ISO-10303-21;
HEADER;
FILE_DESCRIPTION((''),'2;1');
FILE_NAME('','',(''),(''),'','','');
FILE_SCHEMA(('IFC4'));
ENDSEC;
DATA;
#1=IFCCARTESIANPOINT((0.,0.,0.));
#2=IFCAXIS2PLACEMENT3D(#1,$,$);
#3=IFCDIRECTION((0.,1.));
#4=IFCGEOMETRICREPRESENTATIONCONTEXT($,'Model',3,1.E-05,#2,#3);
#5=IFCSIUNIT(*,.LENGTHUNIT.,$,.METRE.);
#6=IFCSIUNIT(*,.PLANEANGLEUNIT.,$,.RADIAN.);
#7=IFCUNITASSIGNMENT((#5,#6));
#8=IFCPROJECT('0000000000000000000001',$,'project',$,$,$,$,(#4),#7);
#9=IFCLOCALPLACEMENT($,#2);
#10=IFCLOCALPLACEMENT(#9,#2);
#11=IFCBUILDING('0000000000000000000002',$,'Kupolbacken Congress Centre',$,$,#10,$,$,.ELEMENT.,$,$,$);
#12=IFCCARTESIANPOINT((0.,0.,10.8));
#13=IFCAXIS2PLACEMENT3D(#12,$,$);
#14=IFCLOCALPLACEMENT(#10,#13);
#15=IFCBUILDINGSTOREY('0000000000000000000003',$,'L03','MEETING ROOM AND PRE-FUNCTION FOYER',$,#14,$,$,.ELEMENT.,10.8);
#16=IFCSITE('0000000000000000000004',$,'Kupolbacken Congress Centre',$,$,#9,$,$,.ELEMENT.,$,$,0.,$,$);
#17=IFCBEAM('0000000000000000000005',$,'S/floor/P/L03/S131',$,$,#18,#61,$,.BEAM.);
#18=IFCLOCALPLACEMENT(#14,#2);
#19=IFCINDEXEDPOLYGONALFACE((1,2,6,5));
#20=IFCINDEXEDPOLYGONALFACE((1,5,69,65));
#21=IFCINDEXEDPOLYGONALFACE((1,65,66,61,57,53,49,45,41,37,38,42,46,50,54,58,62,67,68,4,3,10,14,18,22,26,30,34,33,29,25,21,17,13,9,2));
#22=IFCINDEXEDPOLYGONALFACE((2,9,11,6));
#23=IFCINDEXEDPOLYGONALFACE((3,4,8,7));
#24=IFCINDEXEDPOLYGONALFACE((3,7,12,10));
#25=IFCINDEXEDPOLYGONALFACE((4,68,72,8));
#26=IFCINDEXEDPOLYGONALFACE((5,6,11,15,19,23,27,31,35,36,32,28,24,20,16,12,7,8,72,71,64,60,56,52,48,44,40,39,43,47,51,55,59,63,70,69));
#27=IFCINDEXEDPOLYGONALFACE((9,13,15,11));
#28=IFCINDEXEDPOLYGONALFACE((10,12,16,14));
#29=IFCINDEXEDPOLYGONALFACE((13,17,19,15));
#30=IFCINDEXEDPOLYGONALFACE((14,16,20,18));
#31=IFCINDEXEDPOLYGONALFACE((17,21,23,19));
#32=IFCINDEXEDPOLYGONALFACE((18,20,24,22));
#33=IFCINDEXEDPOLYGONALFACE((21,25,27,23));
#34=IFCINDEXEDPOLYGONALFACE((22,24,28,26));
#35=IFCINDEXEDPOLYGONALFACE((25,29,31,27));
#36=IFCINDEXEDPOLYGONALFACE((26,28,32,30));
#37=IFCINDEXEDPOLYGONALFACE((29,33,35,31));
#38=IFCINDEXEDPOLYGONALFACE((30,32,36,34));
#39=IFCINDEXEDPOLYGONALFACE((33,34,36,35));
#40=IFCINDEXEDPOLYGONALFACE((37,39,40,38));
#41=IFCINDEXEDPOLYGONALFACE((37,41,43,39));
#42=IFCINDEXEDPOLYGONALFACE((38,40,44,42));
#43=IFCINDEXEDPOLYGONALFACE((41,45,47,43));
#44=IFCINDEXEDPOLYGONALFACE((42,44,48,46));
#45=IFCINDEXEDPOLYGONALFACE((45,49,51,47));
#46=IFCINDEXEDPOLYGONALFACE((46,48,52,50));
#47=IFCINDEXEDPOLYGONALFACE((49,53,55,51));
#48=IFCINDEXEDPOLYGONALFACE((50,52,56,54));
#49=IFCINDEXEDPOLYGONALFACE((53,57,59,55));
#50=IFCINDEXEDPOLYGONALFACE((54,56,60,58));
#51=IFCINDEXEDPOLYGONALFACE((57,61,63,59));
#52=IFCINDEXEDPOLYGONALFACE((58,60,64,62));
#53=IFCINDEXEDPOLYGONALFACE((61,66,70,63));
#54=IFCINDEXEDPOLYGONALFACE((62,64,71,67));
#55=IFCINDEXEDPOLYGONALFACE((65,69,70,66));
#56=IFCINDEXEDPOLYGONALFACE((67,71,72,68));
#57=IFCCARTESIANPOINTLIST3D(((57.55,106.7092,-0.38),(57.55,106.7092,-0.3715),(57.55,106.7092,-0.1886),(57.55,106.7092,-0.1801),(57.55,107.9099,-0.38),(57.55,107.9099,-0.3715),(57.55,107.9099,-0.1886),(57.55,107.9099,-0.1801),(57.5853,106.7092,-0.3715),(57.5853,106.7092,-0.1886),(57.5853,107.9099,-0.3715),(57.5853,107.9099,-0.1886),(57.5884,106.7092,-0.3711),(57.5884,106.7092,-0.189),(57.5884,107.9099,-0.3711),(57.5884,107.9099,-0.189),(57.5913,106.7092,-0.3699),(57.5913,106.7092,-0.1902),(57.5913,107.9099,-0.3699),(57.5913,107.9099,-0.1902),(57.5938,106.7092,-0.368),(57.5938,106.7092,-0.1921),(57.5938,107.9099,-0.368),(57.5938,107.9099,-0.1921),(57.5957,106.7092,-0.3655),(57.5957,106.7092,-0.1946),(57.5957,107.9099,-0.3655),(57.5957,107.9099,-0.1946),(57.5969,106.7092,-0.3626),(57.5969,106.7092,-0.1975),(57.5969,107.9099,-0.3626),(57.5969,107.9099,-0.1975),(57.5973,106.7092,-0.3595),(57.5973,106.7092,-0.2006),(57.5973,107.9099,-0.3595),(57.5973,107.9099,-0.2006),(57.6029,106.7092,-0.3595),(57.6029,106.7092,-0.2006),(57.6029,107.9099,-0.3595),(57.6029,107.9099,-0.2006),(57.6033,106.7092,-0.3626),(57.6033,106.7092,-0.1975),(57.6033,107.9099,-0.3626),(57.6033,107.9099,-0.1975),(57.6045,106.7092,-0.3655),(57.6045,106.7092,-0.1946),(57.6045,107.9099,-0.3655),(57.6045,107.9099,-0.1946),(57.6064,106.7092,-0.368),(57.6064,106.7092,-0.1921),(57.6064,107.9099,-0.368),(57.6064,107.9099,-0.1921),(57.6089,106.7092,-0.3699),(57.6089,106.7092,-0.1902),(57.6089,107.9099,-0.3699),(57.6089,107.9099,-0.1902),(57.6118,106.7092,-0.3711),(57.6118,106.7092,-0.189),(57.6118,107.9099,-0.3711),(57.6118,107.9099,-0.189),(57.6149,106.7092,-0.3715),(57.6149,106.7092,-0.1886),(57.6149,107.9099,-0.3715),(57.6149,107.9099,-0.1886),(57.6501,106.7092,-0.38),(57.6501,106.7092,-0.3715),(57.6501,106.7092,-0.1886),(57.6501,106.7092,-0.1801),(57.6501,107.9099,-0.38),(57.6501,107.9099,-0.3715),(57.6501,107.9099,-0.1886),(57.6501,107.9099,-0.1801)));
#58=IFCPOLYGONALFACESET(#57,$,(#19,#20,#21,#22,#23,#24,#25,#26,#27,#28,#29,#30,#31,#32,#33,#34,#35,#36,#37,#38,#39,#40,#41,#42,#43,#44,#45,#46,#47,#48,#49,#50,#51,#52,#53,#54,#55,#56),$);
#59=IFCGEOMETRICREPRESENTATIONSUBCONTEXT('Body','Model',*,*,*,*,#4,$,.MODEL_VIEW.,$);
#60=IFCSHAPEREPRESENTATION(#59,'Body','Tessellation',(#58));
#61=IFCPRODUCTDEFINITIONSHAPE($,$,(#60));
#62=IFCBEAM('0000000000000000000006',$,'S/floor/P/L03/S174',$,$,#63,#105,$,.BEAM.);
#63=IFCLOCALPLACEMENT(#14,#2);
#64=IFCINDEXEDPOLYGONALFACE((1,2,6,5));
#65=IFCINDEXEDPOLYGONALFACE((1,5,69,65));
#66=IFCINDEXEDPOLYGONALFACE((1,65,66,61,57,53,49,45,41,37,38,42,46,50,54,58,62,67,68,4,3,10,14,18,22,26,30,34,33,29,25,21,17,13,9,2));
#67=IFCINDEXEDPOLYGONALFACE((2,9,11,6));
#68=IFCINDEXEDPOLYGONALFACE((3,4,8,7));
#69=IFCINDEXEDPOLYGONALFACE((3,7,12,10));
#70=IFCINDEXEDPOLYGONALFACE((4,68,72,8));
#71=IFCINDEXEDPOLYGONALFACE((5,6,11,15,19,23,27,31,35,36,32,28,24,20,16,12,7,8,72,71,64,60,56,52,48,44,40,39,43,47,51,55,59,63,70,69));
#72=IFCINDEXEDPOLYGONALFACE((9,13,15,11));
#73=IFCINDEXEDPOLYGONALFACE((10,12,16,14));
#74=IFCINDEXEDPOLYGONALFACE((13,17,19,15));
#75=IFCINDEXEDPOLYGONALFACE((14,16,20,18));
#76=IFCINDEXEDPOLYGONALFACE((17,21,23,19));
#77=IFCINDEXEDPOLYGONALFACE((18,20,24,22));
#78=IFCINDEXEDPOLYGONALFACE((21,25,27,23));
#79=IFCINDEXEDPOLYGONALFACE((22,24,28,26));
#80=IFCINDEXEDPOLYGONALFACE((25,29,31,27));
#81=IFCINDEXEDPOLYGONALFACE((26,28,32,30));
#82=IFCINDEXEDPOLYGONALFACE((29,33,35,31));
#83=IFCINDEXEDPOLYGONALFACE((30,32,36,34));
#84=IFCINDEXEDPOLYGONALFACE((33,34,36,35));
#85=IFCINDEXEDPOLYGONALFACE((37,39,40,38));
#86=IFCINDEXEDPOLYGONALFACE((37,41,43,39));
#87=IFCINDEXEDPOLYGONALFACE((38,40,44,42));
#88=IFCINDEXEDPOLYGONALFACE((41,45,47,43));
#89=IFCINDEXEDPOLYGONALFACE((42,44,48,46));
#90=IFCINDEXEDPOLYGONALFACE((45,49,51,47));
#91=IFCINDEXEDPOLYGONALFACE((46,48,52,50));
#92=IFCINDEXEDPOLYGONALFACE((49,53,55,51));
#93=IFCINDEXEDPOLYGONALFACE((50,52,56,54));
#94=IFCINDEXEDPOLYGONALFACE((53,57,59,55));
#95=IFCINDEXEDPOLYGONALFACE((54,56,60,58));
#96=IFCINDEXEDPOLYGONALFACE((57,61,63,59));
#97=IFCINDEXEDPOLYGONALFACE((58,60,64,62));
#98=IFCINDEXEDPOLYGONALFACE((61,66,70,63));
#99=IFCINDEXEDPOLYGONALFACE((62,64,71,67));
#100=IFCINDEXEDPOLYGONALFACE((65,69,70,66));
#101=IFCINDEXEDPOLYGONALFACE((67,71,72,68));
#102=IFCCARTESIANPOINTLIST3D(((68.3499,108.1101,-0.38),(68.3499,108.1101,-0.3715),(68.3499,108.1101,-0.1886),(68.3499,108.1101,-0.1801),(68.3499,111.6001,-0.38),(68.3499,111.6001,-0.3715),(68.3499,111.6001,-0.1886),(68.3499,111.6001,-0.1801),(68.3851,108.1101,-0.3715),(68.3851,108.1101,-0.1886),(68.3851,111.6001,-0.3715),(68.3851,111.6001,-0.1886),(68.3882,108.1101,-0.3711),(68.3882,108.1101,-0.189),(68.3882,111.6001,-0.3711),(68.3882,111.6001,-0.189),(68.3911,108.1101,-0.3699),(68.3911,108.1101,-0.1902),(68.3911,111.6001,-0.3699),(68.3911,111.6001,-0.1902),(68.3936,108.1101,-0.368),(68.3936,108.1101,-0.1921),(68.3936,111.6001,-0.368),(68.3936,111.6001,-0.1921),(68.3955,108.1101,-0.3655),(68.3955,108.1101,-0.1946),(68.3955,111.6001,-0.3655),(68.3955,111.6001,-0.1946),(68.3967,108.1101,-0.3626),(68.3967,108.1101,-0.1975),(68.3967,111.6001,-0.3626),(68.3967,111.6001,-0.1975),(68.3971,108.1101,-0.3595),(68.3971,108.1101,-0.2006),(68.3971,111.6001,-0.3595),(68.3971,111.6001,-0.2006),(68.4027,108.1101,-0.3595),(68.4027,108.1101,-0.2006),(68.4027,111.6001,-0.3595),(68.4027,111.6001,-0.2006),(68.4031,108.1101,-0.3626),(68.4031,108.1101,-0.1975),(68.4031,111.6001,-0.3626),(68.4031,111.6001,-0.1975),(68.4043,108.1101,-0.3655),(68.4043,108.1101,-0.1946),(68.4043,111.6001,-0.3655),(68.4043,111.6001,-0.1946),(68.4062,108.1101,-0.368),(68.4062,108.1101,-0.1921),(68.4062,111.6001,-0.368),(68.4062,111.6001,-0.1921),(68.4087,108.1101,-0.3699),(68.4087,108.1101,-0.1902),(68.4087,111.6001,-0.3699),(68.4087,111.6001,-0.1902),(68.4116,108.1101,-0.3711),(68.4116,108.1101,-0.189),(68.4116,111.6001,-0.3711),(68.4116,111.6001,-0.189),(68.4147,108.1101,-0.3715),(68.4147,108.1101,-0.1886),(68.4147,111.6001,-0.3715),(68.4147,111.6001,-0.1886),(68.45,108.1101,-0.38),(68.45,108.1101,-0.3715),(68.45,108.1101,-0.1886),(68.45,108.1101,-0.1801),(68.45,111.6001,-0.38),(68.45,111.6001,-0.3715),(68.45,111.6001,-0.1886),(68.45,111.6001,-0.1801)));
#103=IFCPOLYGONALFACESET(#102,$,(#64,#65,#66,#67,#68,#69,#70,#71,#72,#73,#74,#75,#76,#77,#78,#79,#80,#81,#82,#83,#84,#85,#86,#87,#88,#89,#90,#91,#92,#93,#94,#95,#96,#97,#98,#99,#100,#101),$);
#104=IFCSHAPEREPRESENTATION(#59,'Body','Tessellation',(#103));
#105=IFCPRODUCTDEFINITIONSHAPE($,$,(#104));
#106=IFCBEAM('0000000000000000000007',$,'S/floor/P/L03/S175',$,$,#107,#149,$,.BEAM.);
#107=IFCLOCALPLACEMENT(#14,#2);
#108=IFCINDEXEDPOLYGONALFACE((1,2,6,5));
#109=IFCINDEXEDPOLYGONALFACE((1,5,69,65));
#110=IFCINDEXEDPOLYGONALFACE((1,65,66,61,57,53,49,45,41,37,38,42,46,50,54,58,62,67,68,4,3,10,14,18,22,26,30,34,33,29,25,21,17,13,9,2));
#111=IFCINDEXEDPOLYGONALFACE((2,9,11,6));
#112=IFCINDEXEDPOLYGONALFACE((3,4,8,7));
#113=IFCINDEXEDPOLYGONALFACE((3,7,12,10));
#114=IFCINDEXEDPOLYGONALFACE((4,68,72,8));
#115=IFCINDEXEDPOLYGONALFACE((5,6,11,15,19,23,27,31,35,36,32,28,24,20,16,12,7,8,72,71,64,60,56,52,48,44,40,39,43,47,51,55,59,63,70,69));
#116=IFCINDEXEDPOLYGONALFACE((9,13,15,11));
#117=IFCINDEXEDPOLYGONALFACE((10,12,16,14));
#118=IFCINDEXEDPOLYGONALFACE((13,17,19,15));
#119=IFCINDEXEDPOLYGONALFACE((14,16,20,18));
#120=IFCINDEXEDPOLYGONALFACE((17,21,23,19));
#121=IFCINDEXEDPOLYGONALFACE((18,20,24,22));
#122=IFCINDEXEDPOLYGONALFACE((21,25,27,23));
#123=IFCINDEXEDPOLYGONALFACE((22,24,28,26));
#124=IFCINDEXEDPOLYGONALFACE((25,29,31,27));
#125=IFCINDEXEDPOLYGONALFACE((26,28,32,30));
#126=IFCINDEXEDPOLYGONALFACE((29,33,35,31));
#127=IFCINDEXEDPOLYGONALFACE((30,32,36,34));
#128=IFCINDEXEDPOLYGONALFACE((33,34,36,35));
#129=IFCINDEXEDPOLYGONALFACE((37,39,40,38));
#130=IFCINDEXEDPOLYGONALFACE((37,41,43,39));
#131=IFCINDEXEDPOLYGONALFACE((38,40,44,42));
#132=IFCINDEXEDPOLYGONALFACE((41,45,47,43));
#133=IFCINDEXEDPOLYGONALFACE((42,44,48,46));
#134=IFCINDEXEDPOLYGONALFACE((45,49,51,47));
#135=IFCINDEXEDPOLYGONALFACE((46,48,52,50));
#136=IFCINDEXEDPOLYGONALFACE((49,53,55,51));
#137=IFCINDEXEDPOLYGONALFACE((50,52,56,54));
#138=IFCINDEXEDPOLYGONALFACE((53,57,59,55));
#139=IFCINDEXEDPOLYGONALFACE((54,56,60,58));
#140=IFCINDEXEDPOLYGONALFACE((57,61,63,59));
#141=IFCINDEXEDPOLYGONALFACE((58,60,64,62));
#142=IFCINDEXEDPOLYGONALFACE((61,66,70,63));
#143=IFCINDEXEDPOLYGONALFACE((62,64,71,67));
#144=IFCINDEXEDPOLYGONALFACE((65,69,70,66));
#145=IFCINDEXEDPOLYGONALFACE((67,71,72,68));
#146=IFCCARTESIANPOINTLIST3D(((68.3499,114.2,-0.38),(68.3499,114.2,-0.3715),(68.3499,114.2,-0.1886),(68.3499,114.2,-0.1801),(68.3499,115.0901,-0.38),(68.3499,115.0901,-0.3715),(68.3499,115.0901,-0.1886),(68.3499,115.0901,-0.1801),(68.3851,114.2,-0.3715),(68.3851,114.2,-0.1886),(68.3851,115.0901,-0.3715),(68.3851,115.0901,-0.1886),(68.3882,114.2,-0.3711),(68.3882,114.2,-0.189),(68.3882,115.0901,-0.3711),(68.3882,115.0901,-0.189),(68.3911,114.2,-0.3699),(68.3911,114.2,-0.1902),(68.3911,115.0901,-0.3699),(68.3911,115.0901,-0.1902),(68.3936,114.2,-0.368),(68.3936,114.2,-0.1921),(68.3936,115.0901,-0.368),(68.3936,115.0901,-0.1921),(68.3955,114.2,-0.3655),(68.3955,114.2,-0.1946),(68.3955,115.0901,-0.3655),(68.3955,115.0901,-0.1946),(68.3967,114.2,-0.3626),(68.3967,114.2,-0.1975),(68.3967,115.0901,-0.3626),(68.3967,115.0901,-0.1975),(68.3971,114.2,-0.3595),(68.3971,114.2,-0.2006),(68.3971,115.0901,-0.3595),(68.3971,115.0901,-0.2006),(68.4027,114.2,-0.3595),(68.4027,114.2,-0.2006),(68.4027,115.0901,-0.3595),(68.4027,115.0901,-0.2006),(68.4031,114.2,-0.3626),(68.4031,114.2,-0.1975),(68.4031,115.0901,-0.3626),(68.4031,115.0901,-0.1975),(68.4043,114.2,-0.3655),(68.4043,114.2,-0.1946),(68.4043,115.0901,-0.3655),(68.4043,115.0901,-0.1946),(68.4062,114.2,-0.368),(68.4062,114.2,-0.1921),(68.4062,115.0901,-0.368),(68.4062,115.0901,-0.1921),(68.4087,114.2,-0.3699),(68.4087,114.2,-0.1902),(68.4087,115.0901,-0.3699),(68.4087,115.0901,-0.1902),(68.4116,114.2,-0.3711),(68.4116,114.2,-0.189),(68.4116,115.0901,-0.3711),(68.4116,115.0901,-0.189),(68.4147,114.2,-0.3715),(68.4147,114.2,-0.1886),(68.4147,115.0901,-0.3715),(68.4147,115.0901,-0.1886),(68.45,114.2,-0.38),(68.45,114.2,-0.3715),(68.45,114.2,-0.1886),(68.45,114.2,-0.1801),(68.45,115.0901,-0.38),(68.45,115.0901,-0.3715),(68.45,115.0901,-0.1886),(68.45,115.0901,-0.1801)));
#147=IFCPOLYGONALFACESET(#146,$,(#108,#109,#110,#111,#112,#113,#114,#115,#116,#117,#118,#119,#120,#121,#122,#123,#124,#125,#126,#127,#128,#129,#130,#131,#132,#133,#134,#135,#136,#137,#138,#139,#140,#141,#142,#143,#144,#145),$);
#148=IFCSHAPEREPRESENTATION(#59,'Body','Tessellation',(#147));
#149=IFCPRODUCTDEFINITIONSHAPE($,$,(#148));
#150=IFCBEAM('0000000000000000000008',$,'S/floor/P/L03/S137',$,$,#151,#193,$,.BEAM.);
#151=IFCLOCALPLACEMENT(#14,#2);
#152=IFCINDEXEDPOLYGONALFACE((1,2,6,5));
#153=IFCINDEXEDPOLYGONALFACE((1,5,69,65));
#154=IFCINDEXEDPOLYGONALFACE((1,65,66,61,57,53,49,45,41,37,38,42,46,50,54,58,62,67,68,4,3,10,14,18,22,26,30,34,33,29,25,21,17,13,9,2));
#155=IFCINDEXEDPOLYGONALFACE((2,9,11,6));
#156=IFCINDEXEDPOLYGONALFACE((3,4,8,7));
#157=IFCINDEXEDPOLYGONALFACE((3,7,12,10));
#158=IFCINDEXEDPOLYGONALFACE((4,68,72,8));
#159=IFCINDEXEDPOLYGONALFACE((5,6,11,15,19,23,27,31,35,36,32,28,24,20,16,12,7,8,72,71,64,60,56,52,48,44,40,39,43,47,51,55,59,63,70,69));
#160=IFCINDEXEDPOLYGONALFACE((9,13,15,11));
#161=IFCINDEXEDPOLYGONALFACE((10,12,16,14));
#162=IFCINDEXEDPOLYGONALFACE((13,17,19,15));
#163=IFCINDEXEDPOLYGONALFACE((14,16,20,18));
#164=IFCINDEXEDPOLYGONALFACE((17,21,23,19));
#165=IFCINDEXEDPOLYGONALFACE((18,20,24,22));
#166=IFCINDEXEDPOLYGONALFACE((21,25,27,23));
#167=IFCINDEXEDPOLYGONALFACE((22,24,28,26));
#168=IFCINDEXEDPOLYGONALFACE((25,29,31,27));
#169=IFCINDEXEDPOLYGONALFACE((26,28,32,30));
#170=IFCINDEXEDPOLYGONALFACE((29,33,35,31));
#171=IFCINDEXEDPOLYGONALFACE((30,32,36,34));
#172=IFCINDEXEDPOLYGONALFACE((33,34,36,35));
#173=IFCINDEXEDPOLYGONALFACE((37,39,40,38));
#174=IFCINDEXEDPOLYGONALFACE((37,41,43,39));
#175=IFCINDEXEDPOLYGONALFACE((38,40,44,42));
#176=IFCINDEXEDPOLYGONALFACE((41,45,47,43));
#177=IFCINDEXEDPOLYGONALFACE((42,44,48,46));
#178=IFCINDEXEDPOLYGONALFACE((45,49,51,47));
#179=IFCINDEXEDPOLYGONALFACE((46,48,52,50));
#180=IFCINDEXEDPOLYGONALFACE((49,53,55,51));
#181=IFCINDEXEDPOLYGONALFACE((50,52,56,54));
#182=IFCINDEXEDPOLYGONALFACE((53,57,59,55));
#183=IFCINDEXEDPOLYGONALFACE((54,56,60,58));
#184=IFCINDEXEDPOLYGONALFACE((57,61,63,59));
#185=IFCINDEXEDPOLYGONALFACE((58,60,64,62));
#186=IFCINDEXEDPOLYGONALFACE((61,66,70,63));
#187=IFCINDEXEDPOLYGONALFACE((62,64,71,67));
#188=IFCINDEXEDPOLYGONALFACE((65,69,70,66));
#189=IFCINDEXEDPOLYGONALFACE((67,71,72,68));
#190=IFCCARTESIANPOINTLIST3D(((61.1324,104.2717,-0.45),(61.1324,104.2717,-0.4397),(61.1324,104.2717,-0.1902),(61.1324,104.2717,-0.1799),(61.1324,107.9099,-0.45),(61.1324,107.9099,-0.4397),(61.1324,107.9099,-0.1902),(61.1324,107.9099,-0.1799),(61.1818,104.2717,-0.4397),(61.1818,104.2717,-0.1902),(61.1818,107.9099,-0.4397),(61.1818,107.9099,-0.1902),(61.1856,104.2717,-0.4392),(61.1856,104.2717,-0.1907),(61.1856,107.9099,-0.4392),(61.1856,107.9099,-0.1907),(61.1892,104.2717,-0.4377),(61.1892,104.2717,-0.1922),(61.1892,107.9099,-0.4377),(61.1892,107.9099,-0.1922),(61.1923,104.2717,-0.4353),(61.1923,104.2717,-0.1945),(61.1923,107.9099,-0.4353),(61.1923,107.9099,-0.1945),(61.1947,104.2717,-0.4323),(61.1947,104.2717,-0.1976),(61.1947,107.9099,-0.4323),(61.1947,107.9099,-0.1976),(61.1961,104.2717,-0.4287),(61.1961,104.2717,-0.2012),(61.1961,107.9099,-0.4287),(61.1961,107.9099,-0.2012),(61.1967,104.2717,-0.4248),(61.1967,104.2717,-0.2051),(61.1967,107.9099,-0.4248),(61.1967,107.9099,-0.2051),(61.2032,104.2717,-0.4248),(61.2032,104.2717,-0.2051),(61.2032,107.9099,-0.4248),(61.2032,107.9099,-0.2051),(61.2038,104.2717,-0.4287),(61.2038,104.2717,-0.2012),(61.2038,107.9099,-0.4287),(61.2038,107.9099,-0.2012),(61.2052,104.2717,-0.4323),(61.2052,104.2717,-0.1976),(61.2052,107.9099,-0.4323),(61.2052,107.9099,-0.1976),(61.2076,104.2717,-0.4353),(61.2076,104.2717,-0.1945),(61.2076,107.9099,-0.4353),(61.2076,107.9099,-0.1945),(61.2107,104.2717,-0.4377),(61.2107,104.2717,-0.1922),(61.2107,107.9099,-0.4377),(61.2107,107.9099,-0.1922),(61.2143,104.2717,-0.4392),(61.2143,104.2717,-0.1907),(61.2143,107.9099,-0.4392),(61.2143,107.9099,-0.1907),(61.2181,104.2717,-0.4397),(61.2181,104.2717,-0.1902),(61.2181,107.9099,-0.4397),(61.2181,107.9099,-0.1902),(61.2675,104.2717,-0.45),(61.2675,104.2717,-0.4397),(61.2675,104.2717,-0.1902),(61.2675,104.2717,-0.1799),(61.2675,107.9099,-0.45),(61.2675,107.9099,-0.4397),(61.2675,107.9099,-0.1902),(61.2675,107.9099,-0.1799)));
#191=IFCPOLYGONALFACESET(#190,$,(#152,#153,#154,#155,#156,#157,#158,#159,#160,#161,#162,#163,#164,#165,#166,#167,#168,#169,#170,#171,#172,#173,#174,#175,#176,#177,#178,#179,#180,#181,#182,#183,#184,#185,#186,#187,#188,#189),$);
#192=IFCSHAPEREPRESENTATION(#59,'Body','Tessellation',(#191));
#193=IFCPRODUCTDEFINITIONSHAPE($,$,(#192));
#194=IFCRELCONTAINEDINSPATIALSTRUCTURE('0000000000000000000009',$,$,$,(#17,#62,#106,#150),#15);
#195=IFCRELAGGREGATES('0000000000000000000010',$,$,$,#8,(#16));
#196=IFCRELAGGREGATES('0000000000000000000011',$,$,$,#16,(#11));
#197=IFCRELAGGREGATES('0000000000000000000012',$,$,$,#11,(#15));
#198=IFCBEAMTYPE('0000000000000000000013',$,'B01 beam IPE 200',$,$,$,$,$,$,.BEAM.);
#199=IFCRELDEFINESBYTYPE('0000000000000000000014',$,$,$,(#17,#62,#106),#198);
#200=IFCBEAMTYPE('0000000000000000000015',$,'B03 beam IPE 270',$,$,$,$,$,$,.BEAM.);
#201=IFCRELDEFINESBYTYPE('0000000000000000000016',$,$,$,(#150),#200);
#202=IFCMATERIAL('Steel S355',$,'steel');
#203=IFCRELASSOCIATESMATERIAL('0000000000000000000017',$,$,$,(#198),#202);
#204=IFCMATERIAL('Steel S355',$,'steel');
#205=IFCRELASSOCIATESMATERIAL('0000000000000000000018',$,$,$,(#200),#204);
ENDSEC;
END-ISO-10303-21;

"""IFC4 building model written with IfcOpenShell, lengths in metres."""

from ifc_helpers import new_model, si_unit, direction, frame, origin, origin_2d, place, context, subcontext, project, spatial, i_section, extrude, material, material_profile, profile_set, type_object, element, save


model = new_model("IFC4")

# Units and contexts
model_context = context("Model", 3, precision=1e-05, world=origin(), true_north=direction((0.0, 1.0)))
body_context = subcontext(model_context, "Body", "Model", "MODEL_VIEW")
ifc_project = project(units=[si_unit("LENGTHUNIT", "METRE"), si_unit("PLANEANGLEUNIT", "RADIAN")], contexts=[model_context])

# Site, building, storey
site_placement = place(None, origin())
site = spatial("IfcSite", under=ifc_project, at=site_placement, Name="Kupolbacken Congress Centre", CompositionType="ELEMENT", RefElevation=0.0)
building_placement = place(site_placement, origin())
building = spatial("IfcBuilding", under=site, at=building_placement, Name="Kupolbacken Congress Centre", CompositionType="ELEMENT")
storey_placement = place(building_placement, frame((0.0, 0.0, 10.8)))
storey = spatial("IfcBuildingStorey", under=building, at=storey_placement, Name="L03", Description="MEETING ROOM AND PRE-FUNCTION FOYER", CompositionType="ELEMENT", Elevation=10.8)

# Beams
ifc_material_1 = material(Name="Steel S355", Category="steel")
ifc_material_profile_1 = material_profile(ifc_material_1, i_section(OverallWidth=0.1001, OverallDepth=0.2, WebThickness=0.0056, FlangeThickness=0.0085, FilletRadius=0.012, at=origin_2d()), Name="IPE 200")
ifc_profile_set_1 = profile_set([ifc_material_profile_1], Name="Steel S355")
beam_type_1 = type_object("IfcBeamType", Name="B01 beam IPE 200", PredefinedType="BEAM", material=ifc_profile_set_1)
for number, where, z_axis, x_axis, name in (
    (1, (57.6001, 106.7092, -0.28), (0.0, 1.0, 0.0), (-1.0, 0.0, 0.0), "S/floor/P/L03/S131"),
):
    element("IfcBeam", number, at=place(storey_placement, frame(where, z_axis=z_axis, x_axis=x_axis)), inside=storey, type_object=beam_type_1, Name=name, PredefinedType="BEAM", context=body_context, shape_type="SweptSolid", body=[
        extrude(i_section(OverallWidth=0.1001, OverallDepth=0.2, WebThickness=0.0056, FlangeThickness=0.0085, FilletRadius=0.012, at=origin_2d()), origin(), (0.0, 0.0, 1.0), 1.2007),
    ])
beam_1_placement = place(storey_placement, frame((68.3999, 108.1101, -0.28), z_axis=(0.0, 1.0, 0.0), x_axis=(-1.0, 0.0, 0.0)))
element("IfcBeam", 2, at=beam_1_placement, inside=storey, type_object=beam_type_1, Name="S/floor/P/L03/S174", PredefinedType="BEAM", context=body_context, shape_type="SweptSolid", body=[
    extrude(i_section(OverallWidth=0.1001, OverallDepth=0.2, WebThickness=0.0056, FlangeThickness=0.0085, FilletRadius=0.012, at=origin_2d()), origin(), (0.0, 0.0, 1.0), 3.49),
])
beam_2_placement = place(storey_placement, frame((68.3999, 114.2, -0.28), z_axis=(0.0, 1.0, 0.0), x_axis=(-1.0, 0.0, 0.0)))
element("IfcBeam", 3, at=beam_2_placement, inside=storey, type_object=beam_type_1, Name="S/floor/P/L03/S175", PredefinedType="BEAM", context=body_context, shape_type="SweptSolid", body=[
    extrude(i_section(OverallWidth=0.1001, OverallDepth=0.2, WebThickness=0.0056, FlangeThickness=0.0085, FilletRadius=0.012, at=origin_2d()), origin(), (0.0, 0.0, 1.0), 0.8901),
])
ifc_material_2 = material(Name="Steel S355", Category="steel")
ifc_material_profile_2 = material_profile(ifc_material_2, i_section(OverallWidth=0.135, OverallDepth=0.27, WebThickness=0.0066, FlangeThickness=0.0103, FilletRadius=0.0149, at=origin_2d()), Name="IPE 270")
ifc_profile_set_2 = profile_set([ifc_material_profile_2], Name="Steel S355")
beam_type_2 = type_object("IfcBeamType", Name="B03 beam IPE 270", PredefinedType="BEAM", material=ifc_profile_set_2)
beam_3_placement = place(storey_placement, frame((61.2, 104.2717, -0.3149), z_axis=(0.0, 1.0, 0.0), x_axis=(-1.0, 0.0, 0.0)))
element("IfcBeam", 4, at=beam_3_placement, inside=storey, type_object=beam_type_2, Name="S/floor/P/L03/S137", PredefinedType="BEAM", context=body_context, shape_type="SweptSolid", body=[
    extrude(i_section(OverallWidth=0.135, OverallDepth=0.27, WebThickness=0.0066, FlangeThickness=0.0103, FilletRadius=0.0149, at=origin_2d()), origin(), (0.0, 0.0, 1.0), 3.6382),
])

save(model, "model.ifc")
